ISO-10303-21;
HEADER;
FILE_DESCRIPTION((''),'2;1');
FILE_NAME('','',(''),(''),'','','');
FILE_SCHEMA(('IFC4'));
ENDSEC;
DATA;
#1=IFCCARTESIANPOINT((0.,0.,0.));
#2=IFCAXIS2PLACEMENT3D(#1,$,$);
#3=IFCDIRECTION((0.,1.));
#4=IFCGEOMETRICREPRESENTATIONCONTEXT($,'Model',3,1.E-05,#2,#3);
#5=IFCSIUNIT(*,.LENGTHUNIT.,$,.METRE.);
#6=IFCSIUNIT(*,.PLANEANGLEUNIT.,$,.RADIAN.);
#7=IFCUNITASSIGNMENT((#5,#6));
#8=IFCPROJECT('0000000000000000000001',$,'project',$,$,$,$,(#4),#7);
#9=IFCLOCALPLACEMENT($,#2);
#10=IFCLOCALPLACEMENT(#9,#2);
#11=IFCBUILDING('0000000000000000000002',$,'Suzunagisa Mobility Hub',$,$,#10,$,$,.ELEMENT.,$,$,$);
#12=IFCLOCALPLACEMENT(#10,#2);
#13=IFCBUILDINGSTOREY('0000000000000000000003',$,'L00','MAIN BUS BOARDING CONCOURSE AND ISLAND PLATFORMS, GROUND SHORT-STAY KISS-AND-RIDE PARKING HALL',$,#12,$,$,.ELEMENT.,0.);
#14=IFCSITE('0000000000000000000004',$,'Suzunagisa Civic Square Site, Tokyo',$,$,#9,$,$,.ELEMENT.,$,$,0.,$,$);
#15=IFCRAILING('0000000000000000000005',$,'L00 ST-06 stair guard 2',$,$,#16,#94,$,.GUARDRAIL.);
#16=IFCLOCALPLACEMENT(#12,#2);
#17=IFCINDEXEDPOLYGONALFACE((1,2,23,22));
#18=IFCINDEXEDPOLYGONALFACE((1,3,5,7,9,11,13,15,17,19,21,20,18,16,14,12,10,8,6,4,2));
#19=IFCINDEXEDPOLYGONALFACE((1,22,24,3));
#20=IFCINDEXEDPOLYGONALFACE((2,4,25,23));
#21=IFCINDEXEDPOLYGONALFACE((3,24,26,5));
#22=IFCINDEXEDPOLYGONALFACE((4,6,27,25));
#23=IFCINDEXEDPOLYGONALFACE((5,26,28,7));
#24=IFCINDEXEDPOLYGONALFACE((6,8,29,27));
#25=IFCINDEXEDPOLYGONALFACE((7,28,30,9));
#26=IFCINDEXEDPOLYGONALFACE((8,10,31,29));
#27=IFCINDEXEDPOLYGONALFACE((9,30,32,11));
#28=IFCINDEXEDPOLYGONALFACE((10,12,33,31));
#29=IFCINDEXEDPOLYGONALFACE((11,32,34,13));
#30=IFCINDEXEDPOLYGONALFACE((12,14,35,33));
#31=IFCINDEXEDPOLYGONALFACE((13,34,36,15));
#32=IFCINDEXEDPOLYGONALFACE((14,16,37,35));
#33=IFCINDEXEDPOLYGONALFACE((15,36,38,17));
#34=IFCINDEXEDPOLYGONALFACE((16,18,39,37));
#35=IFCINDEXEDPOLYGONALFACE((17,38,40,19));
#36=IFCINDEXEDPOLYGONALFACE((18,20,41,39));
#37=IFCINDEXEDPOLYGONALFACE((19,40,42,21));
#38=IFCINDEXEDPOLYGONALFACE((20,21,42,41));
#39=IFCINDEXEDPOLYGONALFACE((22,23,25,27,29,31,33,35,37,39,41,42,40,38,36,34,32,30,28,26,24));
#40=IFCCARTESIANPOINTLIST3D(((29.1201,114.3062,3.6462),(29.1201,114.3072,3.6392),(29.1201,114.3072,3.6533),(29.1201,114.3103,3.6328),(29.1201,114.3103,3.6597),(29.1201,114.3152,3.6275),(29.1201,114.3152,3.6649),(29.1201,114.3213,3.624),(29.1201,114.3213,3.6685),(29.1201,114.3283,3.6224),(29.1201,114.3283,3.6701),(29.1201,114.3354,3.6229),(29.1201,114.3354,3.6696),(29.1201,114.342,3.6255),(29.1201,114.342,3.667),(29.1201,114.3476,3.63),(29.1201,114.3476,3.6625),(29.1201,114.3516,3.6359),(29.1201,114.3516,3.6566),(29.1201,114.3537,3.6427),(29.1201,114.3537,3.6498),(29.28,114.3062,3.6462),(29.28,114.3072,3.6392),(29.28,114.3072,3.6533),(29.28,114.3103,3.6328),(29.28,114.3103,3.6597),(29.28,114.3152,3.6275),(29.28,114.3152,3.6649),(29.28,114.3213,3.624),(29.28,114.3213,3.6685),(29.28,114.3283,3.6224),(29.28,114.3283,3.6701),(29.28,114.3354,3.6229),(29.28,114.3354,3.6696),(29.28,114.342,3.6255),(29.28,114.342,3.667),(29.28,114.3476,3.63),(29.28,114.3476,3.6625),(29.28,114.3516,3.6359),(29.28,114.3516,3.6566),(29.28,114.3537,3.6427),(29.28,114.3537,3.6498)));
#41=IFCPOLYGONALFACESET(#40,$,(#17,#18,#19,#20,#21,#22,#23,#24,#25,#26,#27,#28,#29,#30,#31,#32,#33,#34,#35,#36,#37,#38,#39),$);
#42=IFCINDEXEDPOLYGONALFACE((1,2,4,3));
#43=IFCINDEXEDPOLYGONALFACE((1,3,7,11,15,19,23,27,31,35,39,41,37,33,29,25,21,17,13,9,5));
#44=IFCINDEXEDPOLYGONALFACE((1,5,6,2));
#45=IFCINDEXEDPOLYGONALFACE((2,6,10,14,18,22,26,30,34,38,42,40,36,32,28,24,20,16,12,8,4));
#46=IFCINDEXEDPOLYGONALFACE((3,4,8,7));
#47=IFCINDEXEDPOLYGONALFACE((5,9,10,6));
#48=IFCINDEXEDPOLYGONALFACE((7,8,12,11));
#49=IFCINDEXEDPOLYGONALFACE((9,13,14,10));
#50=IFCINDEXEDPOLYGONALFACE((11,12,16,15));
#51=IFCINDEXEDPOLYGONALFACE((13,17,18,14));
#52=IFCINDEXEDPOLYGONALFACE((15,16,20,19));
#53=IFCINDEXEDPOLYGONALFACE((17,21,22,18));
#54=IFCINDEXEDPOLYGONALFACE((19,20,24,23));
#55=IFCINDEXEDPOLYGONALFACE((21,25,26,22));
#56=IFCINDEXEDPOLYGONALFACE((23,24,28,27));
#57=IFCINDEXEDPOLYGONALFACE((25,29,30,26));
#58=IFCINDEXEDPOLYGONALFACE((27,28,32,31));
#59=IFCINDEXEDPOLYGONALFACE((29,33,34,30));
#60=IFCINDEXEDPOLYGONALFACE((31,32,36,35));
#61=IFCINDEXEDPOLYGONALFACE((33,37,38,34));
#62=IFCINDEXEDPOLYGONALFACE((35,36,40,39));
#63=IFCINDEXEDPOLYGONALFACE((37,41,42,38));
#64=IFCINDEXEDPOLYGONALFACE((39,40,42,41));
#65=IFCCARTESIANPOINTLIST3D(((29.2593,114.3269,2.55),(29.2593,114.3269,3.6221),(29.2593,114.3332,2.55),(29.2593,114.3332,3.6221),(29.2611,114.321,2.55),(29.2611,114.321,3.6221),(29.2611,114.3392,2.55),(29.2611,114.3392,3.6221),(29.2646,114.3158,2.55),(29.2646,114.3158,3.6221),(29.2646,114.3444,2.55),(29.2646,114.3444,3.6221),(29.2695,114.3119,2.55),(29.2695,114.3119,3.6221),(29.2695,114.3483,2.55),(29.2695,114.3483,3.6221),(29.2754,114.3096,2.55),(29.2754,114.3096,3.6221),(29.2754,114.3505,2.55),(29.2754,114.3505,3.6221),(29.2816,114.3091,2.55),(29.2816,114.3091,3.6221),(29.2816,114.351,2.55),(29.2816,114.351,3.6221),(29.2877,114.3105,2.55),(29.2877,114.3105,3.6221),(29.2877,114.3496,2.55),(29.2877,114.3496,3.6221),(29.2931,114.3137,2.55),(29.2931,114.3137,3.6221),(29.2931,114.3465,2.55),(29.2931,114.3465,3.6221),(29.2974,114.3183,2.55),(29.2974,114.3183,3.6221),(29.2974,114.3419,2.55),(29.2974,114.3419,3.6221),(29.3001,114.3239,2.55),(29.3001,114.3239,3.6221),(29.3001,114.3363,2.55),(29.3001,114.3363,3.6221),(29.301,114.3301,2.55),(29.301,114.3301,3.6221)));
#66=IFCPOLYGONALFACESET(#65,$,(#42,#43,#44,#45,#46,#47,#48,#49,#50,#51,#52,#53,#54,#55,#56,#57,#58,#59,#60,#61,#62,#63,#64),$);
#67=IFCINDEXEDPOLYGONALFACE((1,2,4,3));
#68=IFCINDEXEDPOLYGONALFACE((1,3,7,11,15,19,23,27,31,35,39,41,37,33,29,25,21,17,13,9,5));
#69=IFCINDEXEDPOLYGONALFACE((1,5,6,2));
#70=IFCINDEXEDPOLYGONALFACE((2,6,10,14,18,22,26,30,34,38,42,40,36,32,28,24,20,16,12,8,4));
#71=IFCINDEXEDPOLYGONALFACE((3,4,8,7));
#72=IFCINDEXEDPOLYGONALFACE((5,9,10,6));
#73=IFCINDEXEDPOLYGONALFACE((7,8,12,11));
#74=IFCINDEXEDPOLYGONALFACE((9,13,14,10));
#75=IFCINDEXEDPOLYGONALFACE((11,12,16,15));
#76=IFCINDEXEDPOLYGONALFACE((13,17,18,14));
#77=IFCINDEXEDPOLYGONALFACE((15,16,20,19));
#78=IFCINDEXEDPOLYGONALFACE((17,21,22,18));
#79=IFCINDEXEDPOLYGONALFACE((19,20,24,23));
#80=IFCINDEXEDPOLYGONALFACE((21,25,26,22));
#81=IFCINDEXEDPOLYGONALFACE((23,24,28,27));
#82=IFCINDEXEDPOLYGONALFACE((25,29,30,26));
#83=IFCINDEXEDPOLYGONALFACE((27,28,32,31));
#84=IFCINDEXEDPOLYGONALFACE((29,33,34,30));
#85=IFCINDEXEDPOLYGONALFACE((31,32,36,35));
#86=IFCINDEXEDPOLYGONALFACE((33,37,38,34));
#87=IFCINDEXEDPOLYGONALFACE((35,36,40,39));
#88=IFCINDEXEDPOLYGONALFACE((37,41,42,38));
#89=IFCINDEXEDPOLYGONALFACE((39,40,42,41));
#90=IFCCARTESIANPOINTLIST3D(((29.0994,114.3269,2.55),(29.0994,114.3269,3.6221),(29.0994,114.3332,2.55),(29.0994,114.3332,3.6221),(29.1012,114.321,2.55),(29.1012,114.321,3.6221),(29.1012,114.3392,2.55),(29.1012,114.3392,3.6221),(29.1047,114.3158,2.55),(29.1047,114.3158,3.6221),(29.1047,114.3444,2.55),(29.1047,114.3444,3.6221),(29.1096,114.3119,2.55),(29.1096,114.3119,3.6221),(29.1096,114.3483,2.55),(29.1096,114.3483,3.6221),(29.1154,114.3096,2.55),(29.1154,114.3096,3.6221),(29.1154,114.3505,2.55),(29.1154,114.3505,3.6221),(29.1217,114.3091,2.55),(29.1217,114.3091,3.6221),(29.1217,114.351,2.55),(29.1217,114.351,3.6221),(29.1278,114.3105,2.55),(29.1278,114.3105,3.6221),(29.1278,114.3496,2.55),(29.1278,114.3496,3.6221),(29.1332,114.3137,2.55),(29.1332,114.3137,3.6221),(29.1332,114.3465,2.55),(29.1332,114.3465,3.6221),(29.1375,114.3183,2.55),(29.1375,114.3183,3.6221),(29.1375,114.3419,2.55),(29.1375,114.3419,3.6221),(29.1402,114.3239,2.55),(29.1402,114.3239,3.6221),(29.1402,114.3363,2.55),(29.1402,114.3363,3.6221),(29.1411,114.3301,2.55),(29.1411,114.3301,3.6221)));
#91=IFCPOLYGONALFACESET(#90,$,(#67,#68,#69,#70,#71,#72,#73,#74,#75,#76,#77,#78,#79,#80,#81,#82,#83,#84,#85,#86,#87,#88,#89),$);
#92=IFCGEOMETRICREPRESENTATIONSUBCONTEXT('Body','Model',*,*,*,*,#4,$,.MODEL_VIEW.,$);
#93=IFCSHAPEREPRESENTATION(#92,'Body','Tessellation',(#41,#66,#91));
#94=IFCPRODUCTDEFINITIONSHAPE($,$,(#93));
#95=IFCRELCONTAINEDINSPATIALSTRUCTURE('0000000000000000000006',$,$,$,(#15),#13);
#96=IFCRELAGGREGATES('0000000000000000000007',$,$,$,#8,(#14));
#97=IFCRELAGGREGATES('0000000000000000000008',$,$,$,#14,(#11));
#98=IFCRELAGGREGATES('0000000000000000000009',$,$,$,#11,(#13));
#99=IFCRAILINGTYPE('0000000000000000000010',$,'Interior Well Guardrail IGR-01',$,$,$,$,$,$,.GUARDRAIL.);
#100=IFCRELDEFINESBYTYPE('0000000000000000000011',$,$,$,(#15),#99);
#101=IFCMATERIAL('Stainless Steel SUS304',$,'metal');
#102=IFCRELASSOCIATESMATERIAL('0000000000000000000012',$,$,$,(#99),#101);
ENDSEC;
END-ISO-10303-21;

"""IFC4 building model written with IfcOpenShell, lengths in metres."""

from ifc_helpers import new_model, si_unit, direction, frame, origin, origin_2d, place, context, subcontext, project, spatial, circle, extrude, material, type_object, element, save


model = new_model("IFC4")

# Units and contexts
model_context = context("Model", 3, precision=1e-05, world=origin(), true_north=direction((0.0, 1.0)))
body_context = subcontext(model_context, "Body", "Model", "MODEL_VIEW")
ifc_project = project(units=[si_unit("LENGTHUNIT", "METRE"), si_unit("PLANEANGLEUNIT", "RADIAN")], contexts=[model_context])

# Site, building, storey
site_placement = place(None, origin())
site = spatial("IfcSite", under=ifc_project, at=site_placement, Name="Suzunagisa Civic Square Site, Tokyo", CompositionType="ELEMENT", RefElevation=0.0)
building_placement = place(site_placement, origin())
building = spatial("IfcBuilding", under=site, at=building_placement, Name="Suzunagisa Mobility Hub", CompositionType="ELEMENT")
storey_placement = place(building_placement, origin())
storey = spatial("IfcBuildingStorey", under=building, at=storey_placement, Name="L00", Description="MAIN BUS BOARDING CONCOURSE AND ISLAND PLATFORMS, GROUND SHORT-STAY KISS-AND-RIDE PARKING HALL", CompositionType="ELEMENT", Elevation=0.0)

# Railing
ifc_material_1 = material(Name="Stainless Steel SUS304", Category="metal")
railing_type_1 = type_object("IfcRailingType", Name="Interior Well Guardrail IGR-01", PredefinedType="GUARDRAIL", material=ifc_material_1)
railing_1_placement = place(storey_placement, frame((29.28, 114.3301, 2.55)))
element("IfcRailing", 1, at=railing_1_placement, inside=storey, type_object=railing_type_1, Name="L00 ST-06 stair guard 2", PredefinedType="GUARDRAIL", context=body_context, shape_type="SweptSolid", body=[
    extrude(circle(Radius=0.0239, at=origin_2d()), frame((0.0, 0.0, 1.0962), z_axis=(-1.0, 0.0, 0.0), x_axis=(0.0, -1.0, 0.0)), (0.0, 0.0, 1.0), 0.1599),
    extrude(circle(Radius=0.021, at=origin_2d()), origin(), (0.0, 0.0, 1.0), 1.072),
    extrude(circle(Radius=0.021, at=origin_2d()), frame((-0.1599, 0.0, 0.0)), (0.0, 0.0, 1.0), 1.072),
])

save(model, "model.ifc")
